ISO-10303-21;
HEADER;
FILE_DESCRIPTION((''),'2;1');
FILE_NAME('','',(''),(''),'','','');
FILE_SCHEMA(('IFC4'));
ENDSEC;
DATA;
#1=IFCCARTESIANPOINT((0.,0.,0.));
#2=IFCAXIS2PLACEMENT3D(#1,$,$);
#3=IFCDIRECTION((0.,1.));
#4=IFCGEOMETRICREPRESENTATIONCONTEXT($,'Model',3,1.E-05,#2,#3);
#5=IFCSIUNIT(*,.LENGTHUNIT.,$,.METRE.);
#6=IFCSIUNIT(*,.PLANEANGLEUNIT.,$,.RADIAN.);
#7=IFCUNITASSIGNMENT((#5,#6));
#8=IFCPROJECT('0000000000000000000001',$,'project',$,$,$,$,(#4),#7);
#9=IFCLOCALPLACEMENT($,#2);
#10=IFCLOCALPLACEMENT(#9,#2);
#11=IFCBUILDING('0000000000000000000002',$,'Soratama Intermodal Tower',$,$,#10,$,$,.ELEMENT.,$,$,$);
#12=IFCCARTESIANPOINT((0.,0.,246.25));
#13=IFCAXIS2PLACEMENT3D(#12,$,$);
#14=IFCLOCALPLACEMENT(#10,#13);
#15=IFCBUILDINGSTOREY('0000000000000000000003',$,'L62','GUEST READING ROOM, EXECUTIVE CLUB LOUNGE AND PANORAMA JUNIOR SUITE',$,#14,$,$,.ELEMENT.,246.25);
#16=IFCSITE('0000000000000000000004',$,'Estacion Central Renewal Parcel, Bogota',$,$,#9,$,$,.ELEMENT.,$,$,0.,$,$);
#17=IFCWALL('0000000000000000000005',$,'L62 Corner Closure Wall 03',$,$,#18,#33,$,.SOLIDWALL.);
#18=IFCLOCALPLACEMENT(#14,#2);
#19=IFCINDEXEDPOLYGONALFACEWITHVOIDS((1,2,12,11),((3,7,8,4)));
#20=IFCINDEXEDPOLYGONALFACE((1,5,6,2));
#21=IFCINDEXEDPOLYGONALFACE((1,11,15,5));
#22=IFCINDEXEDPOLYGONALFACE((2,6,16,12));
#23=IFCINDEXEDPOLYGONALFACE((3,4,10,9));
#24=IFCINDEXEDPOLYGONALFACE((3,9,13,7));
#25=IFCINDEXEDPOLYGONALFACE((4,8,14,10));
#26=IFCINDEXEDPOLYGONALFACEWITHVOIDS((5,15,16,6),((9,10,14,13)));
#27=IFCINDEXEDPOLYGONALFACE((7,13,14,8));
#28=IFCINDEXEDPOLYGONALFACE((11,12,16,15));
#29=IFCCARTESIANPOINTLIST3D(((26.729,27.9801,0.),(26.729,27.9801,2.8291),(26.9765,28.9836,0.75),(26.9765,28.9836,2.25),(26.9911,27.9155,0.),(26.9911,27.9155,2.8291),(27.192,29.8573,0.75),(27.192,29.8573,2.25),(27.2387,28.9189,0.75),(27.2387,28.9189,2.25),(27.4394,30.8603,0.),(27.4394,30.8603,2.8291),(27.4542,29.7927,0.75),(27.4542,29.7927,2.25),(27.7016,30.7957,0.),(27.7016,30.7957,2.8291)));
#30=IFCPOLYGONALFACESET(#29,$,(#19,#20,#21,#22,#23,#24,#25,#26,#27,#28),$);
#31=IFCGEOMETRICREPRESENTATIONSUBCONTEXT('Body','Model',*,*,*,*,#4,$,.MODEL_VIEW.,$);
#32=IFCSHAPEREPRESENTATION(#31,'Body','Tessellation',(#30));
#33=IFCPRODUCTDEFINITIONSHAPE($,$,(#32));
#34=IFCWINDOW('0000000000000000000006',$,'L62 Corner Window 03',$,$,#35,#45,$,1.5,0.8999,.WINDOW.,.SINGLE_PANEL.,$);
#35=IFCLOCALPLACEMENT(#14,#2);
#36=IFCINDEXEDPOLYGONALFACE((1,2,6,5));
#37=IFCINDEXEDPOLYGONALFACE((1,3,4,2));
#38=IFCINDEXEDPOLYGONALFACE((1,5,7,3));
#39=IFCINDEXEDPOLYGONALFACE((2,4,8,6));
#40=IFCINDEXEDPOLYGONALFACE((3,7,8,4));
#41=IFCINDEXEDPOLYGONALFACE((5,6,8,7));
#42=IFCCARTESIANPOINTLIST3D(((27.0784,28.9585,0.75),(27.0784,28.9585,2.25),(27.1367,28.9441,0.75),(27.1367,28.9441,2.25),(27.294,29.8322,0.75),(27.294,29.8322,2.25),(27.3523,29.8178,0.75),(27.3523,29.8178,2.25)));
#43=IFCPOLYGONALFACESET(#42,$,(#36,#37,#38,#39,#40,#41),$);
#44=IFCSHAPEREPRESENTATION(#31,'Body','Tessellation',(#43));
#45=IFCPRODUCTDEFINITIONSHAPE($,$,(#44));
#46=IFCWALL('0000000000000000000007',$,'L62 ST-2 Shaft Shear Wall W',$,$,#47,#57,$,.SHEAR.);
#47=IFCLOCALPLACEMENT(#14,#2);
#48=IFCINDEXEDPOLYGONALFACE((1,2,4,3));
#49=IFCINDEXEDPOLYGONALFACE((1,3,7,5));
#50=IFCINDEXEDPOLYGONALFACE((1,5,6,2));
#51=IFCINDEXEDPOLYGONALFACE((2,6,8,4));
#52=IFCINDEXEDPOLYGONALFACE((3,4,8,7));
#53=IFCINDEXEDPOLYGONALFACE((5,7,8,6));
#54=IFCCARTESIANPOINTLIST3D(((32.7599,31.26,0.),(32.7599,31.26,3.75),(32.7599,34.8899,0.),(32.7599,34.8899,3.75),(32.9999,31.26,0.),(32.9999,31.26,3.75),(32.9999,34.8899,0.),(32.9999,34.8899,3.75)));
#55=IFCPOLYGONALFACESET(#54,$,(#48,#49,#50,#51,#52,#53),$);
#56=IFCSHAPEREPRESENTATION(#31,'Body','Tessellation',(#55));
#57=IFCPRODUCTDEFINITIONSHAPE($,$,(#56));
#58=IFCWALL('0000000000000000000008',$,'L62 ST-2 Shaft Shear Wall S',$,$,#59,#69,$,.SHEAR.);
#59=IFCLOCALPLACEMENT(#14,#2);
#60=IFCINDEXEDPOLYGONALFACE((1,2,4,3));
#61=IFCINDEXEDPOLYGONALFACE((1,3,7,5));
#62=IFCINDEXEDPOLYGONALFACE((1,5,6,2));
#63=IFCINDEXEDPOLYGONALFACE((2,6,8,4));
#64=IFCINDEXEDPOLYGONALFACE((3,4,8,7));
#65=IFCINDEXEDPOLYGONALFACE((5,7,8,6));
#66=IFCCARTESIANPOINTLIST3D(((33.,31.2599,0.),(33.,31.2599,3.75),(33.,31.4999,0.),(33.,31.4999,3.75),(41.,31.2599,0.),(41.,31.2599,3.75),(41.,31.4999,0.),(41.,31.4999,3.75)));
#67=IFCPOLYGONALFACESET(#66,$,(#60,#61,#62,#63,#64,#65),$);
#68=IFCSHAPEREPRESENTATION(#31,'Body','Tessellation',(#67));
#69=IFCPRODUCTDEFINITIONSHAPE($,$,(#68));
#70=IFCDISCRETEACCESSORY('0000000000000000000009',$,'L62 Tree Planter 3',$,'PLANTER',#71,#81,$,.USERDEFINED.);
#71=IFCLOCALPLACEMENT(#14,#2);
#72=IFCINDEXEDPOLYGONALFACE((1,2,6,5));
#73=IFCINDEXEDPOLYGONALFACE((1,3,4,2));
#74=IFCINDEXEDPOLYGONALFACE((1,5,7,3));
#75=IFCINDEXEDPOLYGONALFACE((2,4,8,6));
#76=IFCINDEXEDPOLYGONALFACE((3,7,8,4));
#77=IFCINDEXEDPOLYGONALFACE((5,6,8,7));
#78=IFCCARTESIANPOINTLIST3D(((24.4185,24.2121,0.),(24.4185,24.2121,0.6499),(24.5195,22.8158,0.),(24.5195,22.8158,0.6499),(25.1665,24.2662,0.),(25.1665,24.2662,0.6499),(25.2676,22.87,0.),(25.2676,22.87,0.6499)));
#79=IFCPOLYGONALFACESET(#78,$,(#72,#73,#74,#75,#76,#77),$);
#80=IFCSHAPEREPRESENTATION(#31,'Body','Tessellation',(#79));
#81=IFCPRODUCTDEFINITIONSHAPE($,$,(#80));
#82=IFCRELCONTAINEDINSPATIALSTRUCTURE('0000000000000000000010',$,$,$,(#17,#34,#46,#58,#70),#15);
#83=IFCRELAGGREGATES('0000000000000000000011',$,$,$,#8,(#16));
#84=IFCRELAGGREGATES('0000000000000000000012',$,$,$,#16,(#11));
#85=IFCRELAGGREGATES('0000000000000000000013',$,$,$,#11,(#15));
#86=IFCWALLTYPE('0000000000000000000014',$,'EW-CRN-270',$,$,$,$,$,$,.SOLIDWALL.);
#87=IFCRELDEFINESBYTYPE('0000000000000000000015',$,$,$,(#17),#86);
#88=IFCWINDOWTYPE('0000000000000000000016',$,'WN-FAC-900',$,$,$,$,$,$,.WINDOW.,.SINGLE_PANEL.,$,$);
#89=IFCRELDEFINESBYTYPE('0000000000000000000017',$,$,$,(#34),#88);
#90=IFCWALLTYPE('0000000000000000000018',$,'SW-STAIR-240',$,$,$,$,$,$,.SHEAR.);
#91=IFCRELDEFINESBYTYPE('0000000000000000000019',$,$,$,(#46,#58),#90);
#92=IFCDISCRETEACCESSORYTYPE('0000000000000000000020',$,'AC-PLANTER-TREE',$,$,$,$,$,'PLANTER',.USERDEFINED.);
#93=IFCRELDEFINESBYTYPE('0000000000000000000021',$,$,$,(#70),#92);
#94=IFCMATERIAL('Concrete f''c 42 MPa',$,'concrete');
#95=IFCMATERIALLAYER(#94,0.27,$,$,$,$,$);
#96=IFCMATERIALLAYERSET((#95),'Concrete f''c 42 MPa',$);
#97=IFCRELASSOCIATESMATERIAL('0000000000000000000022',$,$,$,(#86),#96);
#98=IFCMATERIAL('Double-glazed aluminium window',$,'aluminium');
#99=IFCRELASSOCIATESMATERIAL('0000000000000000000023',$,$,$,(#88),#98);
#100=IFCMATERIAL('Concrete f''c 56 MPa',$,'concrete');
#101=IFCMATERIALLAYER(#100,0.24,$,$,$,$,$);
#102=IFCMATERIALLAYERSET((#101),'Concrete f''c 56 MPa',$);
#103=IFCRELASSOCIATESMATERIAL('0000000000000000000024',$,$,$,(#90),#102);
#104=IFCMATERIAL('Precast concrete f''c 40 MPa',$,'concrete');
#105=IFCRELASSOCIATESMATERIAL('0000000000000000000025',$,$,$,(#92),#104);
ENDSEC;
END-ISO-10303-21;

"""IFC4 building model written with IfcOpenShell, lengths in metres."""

from ifc_helpers import new_model, si_unit, direction, frame, frame_2d, origin, origin_2d, place, context, subcontext, project, spatial, rectangle, extrude, material, layer, layer_set, type_object, element, fill, save


model = new_model("IFC4")

# Units and contexts
model_context = context("Model", 3, precision=1e-05, world=origin(), true_north=direction((0.0, 1.0)))
body_context = subcontext(model_context, "Body", "Model", "MODEL_VIEW")
ifc_project = project(units=[si_unit("LENGTHUNIT", "METRE"), si_unit("PLANEANGLEUNIT", "RADIAN")], contexts=[model_context])

# Site, building, storey
site_placement = place(None, origin())
site = spatial("IfcSite", under=ifc_project, at=site_placement, Name="Estacion Central Renewal Parcel, Bogota", CompositionType="ELEMENT", RefElevation=0.0)
building_placement = place(site_placement, origin())
building = spatial("IfcBuilding", under=site, at=building_placement, Name="Soratama Intermodal Tower", CompositionType="ELEMENT")
storey_placement = place(building_placement, frame((0.0, 0.0, 246.25)))
storey = spatial("IfcBuildingStorey", under=building, at=storey_placement, Name="L62", Description="GUEST READING ROOM, EXECUTIVE CLUB LOUNGE AND PANORAMA JUNIOR SUITE", CompositionType="ELEMENT", Elevation=246.25)

# Wall, opening, window
ifc_material_1 = material(Name="Concrete f'c 42 MPa", Category="concrete")
ifc_layer_1 = layer(ifc_material_1, 0.27)
ifc_layer_set_1 = layer_set([ifc_layer_1], Name="Concrete f'c 42 MPa")
wall_type_1 = type_object("IfcWallType", Name="EW-CRN-270", PredefinedType="SOLIDWALL", material=ifc_layer_set_1)
wall_1_placement = place(storey_placement, frame((27.5706, 30.8281, 0.0), z_axis=(0.0, 0.0, 1.0), x_axis=(-0.239494, -0.970898, 0.0)))
wall_1 = element("IfcWall", 1, at=wall_1_placement, inside=storey, type_object=wall_type_1, Name="L62 Corner Closure Wall 03", PredefinedType="SOLIDWALL", context=body_context, shape_type="SweptSolid", body=[
    extrude(rectangle(XDim=2.9666, YDim=0.27, at=frame_2d((1.4834, 0.0))), origin(), (0.0, 0.0, 1.0), 2.8291),
])
opening_1_placement = place(wall_1_placement, frame((1.0332, 0.0, 0.75)))
opening_1 = element("IfcOpeningElement", 2, at=opening_1_placement, cuts=wall_1, PredefinedType="OPENING", context=body_context, shape_type="SweptSolid", body=[
    extrude(rectangle(XDim=0.8999, YDim=1.5, at=frame_2d((0.45, 0.75))), frame((0.0, 0.145, 0.0), z_axis=(0.0, -1.0, 0.0), x_axis=(1.0, 0.0, 0.0)), (0.0, 0.0, 1.0), 0.29),
])
ifc_material_2 = material(Name="Double-glazed aluminium window", Category="aluminium")
window_type_1 = type_object("IfcWindowType", Name="WN-FAC-900", PartitioningType="SINGLE_PANEL", PredefinedType="WINDOW", material=ifc_material_2)
window_1_placement = place(opening_1_placement, origin())
window_1 = element("IfcWindow", 3, at=window_1_placement, inside=storey, type_object=window_type_1, Name="L62 Corner Window 03", OverallHeight=1.5, OverallWidth=0.8999, PartitioningType="SINGLE_PANEL", PredefinedType="WINDOW", context=body_context, shape_type="SweptSolid", body=[
    extrude(rectangle(XDim=0.8999, YDim=1.5, at=frame_2d((0.45, 0.75))), frame((0.0, 0.03, 0.0), z_axis=(0.0, -1.0, 0.0), x_axis=(1.0, 0.0, 0.0)), (0.0, 0.0, 1.0), 0.0601),
])
fill(opening_1, window_1)

# Walls
ifc_material_3 = material(Name="Concrete f'c 56 MPa", Category="concrete")
ifc_layer_2 = layer(ifc_material_3, 0.24)
ifc_layer_set_2 = layer_set([ifc_layer_2], Name="Concrete f'c 56 MPa")
wall_type_2 = type_object("IfcWallType", Name="SW-STAIR-240", PredefinedType="SHEAR", material=ifc_layer_set_2)
wall_2_placement = place(storey_placement, frame((32.8799, 31.26, 0.0), z_axis=(0.0, 0.0, 1.0), x_axis=(0.0, 1.0, 0.0)))
element("IfcWall", 4, at=wall_2_placement, inside=storey, type_object=wall_type_2, Name="L62 ST-2 Shaft Shear Wall W", PredefinedType="SHEAR", context=body_context, shape_type="SweptSolid", body=[
    extrude(rectangle(XDim=3.6299, YDim=0.24, at=frame_2d((1.8149, 0.0))), origin(), (0.0, 0.0, 1.0), 3.75),
])
wall_3_placement = place(storey_placement, frame((33.0, 31.3799, 0.0), z_axis=(0.0, 0.0, 1.0), x_axis=(1.0, 0.0, 0.0)))
element("IfcWall", 5, at=wall_3_placement, inside=storey, type_object=wall_type_2, Name="L62 ST-2 Shaft Shear Wall S", PredefinedType="SHEAR", context=body_context, shape_type="SweptSolid", body=[
    extrude(rectangle(XDim=8.0, YDim=0.24, at=frame_2d((4.0, 0.0))), origin(), (0.0, 0.0, 1.0), 3.75),
])

# Discrete accessory
ifc_material_4 = material(Name="Precast concrete f'c 40 MPa", Category="concrete")
discrete_accessory_type = type_object("IfcDiscreteAccessoryType", Name="AC-PLANTER-TREE", ElementType="PLANTER", PredefinedType="USERDEFINED", material=ifc_material_4)
discrete_accessory_placement = place(storey_placement, frame((24.843, 23.541, 0.0), z_axis=(0.0, 0.0, 1.0), x_axis=(-0.997391, -0.072194, 0.0)))
element("IfcDiscreteAccessory", 6, at=discrete_accessory_placement, inside=storey, type_object=discrete_accessory_type, Name="L62 Tree Planter 3", ObjectType="PLANTER", PredefinedType="USERDEFINED", context=body_context, shape_type="SweptSolid", body=[
    extrude(rectangle(XDim=0.75, YDim=1.3999, at=origin_2d()), origin(), (0.0, 0.0, 1.0), 0.6499),
])

save(model, "model.ifc")
